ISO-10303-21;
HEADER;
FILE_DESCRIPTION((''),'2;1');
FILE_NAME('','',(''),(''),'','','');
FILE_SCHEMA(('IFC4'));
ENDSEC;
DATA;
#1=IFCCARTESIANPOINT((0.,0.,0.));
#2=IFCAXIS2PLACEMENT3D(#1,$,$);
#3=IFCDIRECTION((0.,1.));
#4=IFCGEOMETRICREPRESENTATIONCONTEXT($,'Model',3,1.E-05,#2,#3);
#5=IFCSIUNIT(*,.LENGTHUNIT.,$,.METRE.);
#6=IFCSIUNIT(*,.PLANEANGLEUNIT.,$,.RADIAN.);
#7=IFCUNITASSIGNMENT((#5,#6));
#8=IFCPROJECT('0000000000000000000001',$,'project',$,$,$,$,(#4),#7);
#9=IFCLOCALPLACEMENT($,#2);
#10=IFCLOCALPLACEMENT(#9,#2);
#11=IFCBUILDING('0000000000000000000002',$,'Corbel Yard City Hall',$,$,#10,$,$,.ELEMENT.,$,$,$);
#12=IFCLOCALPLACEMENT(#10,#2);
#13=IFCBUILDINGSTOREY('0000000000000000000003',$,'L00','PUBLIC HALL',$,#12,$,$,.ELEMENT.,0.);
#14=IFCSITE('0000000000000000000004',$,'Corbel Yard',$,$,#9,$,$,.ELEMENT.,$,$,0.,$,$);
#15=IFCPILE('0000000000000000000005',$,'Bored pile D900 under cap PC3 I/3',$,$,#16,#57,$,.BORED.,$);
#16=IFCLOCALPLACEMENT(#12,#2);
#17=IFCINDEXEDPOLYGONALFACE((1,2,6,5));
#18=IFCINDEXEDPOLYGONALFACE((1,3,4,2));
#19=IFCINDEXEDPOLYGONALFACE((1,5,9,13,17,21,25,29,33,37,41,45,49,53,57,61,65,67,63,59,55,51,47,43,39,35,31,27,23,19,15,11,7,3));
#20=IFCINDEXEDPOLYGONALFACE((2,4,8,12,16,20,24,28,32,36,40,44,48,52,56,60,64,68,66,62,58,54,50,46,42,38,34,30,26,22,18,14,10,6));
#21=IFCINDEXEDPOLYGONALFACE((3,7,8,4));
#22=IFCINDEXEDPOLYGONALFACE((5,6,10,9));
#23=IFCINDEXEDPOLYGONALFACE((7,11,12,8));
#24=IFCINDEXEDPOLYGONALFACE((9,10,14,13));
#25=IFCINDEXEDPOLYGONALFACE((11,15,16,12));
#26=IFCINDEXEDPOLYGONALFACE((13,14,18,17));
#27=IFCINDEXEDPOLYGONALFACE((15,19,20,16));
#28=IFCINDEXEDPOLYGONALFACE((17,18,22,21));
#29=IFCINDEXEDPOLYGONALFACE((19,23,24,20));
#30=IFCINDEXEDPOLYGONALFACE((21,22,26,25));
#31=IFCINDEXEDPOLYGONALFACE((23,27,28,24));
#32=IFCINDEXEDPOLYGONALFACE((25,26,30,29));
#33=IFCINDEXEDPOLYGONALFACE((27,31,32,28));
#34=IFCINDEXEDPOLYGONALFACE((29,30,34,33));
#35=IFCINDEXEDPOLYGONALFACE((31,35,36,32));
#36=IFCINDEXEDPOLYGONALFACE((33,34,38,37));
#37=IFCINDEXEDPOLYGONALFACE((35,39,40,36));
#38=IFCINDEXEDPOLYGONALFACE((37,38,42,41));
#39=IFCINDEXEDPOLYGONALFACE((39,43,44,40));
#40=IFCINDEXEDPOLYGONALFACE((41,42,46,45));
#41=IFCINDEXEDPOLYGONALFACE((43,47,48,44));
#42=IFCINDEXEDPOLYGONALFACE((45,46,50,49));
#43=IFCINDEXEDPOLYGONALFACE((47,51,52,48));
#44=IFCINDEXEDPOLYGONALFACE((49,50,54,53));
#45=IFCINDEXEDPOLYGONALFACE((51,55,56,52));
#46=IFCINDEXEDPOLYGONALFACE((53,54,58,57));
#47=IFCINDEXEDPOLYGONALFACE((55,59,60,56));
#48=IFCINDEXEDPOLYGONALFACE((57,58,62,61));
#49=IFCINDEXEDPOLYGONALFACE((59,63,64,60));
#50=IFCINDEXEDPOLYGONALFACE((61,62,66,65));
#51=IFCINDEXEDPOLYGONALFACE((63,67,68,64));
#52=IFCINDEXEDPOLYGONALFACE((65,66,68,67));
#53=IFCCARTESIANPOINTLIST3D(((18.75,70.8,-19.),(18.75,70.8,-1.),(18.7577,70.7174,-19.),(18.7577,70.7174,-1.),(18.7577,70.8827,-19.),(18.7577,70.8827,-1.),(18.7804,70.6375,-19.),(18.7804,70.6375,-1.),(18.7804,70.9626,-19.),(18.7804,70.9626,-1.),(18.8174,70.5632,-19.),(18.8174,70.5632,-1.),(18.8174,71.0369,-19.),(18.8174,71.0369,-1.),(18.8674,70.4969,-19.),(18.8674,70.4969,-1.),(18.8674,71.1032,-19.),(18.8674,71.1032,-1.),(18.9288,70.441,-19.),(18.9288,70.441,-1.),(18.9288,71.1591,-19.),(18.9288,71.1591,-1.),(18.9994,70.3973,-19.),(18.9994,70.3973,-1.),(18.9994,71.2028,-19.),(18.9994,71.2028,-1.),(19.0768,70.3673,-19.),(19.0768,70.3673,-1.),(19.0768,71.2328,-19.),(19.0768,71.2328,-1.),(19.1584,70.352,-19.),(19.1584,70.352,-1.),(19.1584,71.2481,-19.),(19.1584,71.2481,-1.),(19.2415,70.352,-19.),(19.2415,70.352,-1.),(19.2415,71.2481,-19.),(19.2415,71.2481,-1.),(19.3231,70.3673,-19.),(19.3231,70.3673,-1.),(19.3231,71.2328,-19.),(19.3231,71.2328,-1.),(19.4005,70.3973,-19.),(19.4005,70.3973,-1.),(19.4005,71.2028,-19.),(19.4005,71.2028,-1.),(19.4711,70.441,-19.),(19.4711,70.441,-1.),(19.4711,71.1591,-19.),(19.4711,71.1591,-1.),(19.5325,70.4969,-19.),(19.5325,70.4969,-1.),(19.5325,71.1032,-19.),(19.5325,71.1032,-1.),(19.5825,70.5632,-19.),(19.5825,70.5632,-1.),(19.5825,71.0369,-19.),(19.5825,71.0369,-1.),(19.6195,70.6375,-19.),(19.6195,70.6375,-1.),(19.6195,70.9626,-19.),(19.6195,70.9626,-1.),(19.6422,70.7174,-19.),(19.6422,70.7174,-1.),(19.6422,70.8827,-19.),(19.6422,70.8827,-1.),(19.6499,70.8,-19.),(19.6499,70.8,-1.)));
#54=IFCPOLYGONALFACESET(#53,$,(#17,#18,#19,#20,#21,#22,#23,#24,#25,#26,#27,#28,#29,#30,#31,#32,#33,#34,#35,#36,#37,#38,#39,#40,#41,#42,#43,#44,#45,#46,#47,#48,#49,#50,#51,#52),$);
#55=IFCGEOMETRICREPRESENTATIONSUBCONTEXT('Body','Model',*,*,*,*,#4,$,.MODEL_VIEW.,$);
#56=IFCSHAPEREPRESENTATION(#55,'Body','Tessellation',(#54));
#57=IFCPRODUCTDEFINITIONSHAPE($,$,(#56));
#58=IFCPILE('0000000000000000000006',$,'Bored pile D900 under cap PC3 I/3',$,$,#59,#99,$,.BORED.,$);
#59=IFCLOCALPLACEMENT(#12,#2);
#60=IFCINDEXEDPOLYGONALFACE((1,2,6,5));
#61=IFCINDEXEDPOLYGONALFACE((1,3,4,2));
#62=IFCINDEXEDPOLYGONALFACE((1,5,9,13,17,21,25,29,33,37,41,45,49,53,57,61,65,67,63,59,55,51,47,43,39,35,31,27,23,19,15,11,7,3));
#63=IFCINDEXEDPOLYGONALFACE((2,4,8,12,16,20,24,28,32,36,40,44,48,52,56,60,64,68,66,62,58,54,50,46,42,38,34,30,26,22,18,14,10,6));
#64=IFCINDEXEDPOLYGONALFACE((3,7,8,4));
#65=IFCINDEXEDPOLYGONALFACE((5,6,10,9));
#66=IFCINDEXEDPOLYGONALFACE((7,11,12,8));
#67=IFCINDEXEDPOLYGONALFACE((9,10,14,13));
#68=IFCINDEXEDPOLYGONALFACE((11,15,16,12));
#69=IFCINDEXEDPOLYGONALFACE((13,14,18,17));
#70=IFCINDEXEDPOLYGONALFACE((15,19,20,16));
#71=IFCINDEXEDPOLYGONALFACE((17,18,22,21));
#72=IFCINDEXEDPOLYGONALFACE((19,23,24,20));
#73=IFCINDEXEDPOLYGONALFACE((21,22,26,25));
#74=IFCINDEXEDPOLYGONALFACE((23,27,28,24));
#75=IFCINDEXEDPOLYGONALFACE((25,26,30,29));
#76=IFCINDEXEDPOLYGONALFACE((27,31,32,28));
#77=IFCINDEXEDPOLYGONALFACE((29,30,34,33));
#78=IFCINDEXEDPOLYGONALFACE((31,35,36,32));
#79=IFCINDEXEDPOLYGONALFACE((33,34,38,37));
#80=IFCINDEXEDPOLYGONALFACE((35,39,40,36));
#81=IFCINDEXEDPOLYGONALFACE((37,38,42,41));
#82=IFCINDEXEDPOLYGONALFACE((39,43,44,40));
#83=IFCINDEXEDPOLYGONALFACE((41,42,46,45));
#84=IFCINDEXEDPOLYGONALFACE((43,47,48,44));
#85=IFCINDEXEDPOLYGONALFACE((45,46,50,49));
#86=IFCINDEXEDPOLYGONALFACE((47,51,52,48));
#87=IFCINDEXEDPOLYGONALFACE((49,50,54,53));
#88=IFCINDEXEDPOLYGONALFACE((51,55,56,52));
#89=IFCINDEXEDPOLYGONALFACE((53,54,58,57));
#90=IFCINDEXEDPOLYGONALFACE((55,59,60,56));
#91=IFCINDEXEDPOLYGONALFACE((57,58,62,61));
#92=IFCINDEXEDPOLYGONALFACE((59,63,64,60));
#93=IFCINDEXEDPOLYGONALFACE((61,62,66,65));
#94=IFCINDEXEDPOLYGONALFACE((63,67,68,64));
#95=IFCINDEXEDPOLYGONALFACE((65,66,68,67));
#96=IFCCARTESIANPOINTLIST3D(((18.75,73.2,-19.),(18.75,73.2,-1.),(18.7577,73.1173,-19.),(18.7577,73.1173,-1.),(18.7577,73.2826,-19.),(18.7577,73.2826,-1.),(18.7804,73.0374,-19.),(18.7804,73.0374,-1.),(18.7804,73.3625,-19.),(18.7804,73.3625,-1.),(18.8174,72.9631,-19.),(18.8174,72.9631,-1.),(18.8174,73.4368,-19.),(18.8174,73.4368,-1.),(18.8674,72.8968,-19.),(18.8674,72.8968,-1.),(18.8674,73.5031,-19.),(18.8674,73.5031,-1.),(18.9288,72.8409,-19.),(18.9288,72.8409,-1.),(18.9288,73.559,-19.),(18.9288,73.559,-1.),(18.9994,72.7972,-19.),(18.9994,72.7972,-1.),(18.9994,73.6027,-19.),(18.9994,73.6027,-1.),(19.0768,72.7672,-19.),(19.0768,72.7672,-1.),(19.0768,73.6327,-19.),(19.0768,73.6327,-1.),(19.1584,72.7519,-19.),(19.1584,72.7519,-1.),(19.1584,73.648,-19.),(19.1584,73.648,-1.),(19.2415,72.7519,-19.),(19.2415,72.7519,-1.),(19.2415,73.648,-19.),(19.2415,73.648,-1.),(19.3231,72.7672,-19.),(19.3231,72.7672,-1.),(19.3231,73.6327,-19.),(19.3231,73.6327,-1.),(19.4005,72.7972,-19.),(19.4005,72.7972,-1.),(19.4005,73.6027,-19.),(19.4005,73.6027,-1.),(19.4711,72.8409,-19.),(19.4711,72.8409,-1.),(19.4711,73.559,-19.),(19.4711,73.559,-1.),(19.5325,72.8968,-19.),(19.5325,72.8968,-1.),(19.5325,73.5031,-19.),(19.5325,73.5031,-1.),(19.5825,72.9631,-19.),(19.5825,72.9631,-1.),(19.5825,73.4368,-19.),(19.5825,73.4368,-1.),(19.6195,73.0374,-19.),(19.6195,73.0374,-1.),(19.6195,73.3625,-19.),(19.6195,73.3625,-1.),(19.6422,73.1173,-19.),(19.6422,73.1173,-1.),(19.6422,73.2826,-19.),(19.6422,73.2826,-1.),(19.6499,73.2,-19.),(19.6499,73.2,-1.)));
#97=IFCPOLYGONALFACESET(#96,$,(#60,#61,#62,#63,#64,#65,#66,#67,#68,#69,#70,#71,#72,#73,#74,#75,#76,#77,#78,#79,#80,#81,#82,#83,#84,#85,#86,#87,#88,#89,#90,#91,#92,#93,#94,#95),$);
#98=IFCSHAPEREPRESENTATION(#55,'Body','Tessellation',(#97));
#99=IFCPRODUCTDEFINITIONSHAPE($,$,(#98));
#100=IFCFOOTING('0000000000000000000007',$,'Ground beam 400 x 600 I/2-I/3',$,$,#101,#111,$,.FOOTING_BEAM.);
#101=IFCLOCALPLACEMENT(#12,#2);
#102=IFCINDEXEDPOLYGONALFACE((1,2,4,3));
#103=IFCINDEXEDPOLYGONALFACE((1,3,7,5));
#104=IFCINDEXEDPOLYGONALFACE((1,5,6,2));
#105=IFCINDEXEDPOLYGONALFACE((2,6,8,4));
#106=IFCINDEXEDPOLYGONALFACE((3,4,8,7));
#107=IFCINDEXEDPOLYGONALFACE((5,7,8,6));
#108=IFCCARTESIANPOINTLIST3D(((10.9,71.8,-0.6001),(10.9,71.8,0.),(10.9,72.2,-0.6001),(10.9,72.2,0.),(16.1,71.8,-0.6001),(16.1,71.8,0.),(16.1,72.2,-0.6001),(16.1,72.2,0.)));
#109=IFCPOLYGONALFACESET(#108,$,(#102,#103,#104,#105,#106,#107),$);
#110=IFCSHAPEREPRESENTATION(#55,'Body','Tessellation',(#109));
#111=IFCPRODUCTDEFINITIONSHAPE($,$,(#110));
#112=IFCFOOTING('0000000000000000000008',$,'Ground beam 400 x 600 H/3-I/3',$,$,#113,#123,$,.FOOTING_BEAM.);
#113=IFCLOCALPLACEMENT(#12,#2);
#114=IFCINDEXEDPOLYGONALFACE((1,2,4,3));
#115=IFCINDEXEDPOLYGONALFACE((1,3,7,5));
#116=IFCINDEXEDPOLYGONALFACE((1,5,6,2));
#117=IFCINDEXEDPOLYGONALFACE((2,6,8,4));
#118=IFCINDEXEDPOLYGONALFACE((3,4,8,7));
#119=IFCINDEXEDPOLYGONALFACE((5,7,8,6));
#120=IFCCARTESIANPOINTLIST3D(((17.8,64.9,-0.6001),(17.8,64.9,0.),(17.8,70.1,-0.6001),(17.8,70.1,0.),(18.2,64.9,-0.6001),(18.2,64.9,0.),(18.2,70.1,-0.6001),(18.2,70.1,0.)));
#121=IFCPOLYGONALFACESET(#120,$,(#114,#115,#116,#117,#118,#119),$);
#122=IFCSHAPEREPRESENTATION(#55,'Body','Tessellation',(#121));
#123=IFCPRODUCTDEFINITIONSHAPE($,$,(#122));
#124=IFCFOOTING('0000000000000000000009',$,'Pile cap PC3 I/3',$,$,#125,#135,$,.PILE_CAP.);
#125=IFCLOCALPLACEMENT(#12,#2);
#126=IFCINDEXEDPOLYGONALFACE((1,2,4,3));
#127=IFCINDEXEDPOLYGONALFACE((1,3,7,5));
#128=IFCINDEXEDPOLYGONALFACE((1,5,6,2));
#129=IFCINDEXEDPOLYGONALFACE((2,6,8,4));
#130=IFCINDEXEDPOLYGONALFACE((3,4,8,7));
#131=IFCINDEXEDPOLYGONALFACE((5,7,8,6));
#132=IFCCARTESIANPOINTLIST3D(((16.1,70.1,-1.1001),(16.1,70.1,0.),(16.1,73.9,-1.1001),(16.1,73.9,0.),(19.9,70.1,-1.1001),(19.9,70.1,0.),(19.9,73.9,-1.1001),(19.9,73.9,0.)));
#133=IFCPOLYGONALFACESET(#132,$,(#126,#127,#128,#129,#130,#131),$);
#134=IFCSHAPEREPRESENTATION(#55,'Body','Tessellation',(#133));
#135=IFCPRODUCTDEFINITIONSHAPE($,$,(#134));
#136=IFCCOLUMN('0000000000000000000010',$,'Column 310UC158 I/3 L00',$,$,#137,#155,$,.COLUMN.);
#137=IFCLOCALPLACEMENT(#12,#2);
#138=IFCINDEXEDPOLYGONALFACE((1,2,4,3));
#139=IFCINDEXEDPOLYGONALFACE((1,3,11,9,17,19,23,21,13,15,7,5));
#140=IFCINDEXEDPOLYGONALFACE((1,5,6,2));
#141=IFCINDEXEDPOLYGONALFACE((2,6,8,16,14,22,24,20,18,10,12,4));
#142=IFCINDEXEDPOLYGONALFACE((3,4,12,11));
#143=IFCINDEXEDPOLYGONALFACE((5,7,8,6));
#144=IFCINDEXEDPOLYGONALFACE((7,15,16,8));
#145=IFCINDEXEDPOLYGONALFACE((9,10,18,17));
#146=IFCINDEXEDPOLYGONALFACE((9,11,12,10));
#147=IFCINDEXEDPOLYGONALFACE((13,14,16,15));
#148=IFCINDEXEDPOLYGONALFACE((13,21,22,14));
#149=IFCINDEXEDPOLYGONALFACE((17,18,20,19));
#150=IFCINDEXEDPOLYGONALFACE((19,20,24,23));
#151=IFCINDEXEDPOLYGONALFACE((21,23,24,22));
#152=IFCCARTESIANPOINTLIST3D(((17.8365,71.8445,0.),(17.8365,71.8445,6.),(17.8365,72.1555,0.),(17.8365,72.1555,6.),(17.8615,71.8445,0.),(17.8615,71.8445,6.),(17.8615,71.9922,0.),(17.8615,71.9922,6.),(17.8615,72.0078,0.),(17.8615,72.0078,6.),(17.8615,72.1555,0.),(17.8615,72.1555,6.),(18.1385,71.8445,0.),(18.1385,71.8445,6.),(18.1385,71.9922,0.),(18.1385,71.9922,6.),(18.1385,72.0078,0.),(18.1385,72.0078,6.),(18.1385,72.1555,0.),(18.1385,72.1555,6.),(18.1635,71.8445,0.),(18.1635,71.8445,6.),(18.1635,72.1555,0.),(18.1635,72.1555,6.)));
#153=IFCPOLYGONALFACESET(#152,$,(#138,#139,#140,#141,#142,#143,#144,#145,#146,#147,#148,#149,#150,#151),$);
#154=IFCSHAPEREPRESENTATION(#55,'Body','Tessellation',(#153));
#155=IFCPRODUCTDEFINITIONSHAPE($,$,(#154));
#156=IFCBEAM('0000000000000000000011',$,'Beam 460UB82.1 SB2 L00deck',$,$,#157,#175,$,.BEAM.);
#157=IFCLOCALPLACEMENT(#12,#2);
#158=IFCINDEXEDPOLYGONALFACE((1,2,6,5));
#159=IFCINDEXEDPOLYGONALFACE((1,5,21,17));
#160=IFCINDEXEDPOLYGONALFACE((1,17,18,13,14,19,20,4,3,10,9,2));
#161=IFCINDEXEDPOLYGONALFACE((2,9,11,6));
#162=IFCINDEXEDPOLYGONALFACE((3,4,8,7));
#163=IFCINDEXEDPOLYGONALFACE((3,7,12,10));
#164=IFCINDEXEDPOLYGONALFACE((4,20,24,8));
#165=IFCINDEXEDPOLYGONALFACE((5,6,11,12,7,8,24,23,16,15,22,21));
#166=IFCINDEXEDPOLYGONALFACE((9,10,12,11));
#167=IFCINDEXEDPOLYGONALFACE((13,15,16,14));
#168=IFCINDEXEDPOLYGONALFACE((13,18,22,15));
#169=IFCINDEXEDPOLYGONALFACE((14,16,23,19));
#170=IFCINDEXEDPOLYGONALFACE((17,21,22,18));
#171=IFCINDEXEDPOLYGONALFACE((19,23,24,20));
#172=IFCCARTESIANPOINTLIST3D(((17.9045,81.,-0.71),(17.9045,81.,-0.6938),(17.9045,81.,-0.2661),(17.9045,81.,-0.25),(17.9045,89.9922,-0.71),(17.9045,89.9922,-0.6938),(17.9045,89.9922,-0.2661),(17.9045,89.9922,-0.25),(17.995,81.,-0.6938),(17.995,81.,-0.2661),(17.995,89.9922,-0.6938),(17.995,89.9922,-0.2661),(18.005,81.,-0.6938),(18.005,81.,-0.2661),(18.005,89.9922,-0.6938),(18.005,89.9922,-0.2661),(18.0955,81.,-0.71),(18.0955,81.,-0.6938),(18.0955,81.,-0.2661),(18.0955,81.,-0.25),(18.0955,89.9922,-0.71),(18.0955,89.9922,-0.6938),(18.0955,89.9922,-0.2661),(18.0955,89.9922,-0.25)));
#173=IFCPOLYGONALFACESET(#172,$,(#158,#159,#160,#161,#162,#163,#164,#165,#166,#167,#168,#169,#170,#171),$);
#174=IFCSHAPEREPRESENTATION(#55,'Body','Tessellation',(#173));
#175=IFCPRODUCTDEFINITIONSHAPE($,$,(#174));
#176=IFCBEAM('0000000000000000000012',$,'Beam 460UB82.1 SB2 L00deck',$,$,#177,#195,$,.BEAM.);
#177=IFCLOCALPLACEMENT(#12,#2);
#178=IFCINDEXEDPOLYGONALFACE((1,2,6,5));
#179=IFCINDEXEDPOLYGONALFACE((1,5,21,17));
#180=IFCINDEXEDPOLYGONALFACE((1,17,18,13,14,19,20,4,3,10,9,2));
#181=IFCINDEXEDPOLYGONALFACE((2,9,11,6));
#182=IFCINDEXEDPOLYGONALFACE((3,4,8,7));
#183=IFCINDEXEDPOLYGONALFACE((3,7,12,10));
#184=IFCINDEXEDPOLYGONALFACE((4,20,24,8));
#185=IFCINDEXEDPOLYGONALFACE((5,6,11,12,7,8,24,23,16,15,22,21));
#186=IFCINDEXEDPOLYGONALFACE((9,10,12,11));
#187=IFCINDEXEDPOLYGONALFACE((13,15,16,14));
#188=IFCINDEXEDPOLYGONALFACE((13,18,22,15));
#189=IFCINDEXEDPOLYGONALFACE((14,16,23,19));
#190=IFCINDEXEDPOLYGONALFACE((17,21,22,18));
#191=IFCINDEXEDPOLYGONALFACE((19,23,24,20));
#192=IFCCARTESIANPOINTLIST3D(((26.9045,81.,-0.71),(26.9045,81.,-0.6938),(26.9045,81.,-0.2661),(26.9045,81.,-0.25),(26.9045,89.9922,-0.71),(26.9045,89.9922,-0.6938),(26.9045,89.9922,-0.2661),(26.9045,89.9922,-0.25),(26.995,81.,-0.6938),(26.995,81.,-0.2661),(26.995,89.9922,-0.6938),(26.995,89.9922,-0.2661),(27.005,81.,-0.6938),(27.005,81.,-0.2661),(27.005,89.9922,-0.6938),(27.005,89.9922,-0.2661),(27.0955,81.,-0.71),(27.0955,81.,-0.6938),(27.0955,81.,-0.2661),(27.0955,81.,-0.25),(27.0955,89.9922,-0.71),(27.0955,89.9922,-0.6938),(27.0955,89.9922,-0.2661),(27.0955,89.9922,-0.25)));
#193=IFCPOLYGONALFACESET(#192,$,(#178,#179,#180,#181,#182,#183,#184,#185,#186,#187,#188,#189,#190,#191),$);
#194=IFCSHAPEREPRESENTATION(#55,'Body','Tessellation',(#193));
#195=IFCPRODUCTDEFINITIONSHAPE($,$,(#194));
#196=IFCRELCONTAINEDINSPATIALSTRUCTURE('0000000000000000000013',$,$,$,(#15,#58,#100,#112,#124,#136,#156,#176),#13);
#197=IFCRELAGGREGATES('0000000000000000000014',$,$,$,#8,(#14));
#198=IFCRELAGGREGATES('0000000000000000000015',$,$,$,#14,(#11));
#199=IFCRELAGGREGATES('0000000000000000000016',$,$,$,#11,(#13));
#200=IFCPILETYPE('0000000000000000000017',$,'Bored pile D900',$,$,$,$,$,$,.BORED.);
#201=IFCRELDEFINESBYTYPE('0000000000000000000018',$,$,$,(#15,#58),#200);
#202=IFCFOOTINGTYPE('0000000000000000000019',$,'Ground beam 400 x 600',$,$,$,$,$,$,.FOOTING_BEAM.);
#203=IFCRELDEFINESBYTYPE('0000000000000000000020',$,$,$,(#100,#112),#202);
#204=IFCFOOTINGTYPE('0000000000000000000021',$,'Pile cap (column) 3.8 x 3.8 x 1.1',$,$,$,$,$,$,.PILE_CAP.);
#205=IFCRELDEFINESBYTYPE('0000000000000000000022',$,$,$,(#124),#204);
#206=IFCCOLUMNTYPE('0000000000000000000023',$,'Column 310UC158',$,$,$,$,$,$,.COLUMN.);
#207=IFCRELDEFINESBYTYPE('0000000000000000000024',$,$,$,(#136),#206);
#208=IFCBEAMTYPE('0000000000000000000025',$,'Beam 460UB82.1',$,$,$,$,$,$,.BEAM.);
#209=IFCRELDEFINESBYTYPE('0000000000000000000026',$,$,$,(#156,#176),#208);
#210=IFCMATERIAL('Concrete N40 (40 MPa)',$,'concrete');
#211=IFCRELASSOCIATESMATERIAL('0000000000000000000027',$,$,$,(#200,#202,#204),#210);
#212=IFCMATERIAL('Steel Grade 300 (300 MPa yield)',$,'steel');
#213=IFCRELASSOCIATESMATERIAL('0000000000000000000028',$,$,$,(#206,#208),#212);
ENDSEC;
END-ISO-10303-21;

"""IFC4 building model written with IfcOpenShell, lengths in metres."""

from ifc_helpers import new_model, si_unit, direction, frame, origin, origin_2d, place, context, subcontext, project, spatial, rectangle, circle, i_section, extrude, material, material_profile, profile_set, type_object, element, save


model = new_model("IFC4")

# Units and contexts
model_context = context("Model", 3, precision=1e-05, world=origin(), true_north=direction((0.0, 1.0)))
body_context = subcontext(model_context, "Body", "Model", "MODEL_VIEW")
ifc_project = project(units=[si_unit("LENGTHUNIT", "METRE"), si_unit("PLANEANGLEUNIT", "RADIAN")], contexts=[model_context])

# Site, building, storey
site_placement = place(None, origin())
site = spatial("IfcSite", under=ifc_project, at=site_placement, Name="Corbel Yard", CompositionType="ELEMENT", RefElevation=0.0)
building_placement = place(site_placement, origin())
building = spatial("IfcBuilding", under=site, at=building_placement, Name="Corbel Yard City Hall", CompositionType="ELEMENT")
storey_placement = place(building_placement, origin())
storey = spatial("IfcBuildingStorey", under=building, at=storey_placement, Name="L00", Description="PUBLIC HALL", CompositionType="ELEMENT", Elevation=0.0)

# Piles
ifc_material_1 = material(Name="Concrete N40 (40 MPa)", Category="concrete")
ifc_material_profile_1 = material_profile(ifc_material_1, circle(Radius=0.45, at=origin_2d()), Name="D900")
ifc_profile_set_1 = profile_set([ifc_material_profile_1], Name="Concrete N40 (40 MPa)")
pile_type_1 = type_object("IfcPileType", Name="Bored pile D900", PredefinedType="BORED", material=ifc_profile_set_1)
for number, where, z_axis, x_axis, name in (
    (1, (19.2, 70.8, -1.0), (0.0, 0.0, -1.0), (1.0, 0.0, 0.0), "Bored pile D900 under cap PC3 I/3"),
    (2, (19.2, 73.2, -1.0), (0.0, 0.0, -1.0), (1.0, 0.0, 0.0), "Bored pile D900 under cap PC3 I/3"),
):
    element("IfcPile", number, at=place(storey_placement, frame(where, z_axis=z_axis, x_axis=x_axis)), inside=storey, type_object=pile_type_1, Name=name, PredefinedType="BORED", context=body_context, shape_type="SweptSolid", body=[
        extrude(circle(Radius=0.45, at=origin_2d()), origin(), (0.0, 0.0, 1.0), 18.0),
    ])

# Footings
footing_type_1 = type_object("IfcFootingType", Name="Ground beam 400 x 600", PredefinedType="FOOTING_BEAM", material=ifc_material_1)
footing_1_placement = place(storey_placement, frame((13.5, 72.0, -0.6001), z_axis=(0.0, 0.0, 1.0), x_axis=(1.0, 0.0, 0.0)))
element("IfcFooting", 3, at=footing_1_placement, inside=storey, type_object=footing_type_1, Name="Ground beam 400 x 600 I/2-I/3", PredefinedType="FOOTING_BEAM", context=body_context, shape_type="SweptSolid", body=[
    extrude(rectangle(XDim=5.2, YDim=0.3999, at=origin_2d()), origin(), (0.0, 0.0, 1.0), 0.6001),
])
footing_2_placement = place(storey_placement, frame((18.0, 67.5, -0.6001), z_axis=(0.0, 0.0, 1.0), x_axis=(1.0, 0.0, 0.0)))
element("IfcFooting", 4, at=footing_2_placement, inside=storey, type_object=footing_type_1, Name="Ground beam 400 x 600 H/3-I/3", PredefinedType="FOOTING_BEAM", context=body_context, shape_type="SweptSolid", body=[
    extrude(rectangle(XDim=0.3999, YDim=5.2, at=origin_2d()), origin(), (0.0, 0.0, 1.0), 0.6001),
])
footing_type_2 = type_object("IfcFootingType", Name="Pile cap (column) 3.8 x 3.8 x 1.1", PredefinedType="PILE_CAP", material=ifc_material_1)
footing_3_placement = place(storey_placement, frame((18.0, 72.0, -1.1001), z_axis=(0.0, 0.0, 1.0), x_axis=(1.0, 0.0, 0.0)))
element("IfcFooting", 5, at=footing_3_placement, inside=storey, type_object=footing_type_2, Name="Pile cap PC3 I/3", PredefinedType="PILE_CAP", context=body_context, shape_type="SweptSolid", body=[
    extrude(rectangle(XDim=3.8, YDim=3.8, at=origin_2d()), origin(), (0.0, 0.0, 1.0), 1.1001),
])

# Column
ifc_material_2 = material(Name="Steel Grade 300 (300 MPa yield)", Category="steel")
ifc_material_profile_2 = material_profile(ifc_material_2, i_section(OverallWidth=0.311, OverallDepth=0.3269, WebThickness=0.0156, FlangeThickness=0.0249, at=origin_2d()), Name="310UC158")
ifc_profile_set_2 = profile_set([ifc_material_profile_2], Name="Steel Grade 300 (300 MPa yield)")
column_type = type_object("IfcColumnType", Name="Column 310UC158", PredefinedType="COLUMN", material=ifc_profile_set_2)
column_placement = place(storey_placement, frame((18.0, 72.0, 0.0), z_axis=(0.0, 0.0, 1.0), x_axis=(0.0, 1.0, 0.0)))
element("IfcColumn", 6, at=column_placement, inside=storey, type_object=column_type, Name="Column 310UC158 I/3 L00", PredefinedType="COLUMN", context=body_context, shape_type="SweptSolid", body=[
    extrude(i_section(OverallWidth=0.311, OverallDepth=0.3269, WebThickness=0.0156, FlangeThickness=0.0249, at=origin_2d()), origin(), (0.0, 0.0, 1.0), 6.0),
])

# Beams
ifc_material_profile_3 = material_profile(ifc_material_2, i_section(OverallWidth=0.1909, OverallDepth=0.46, WebThickness=0.01, FlangeThickness=0.0161, at=origin_2d()), Name="460UB82.1")
ifc_profile_set_3 = profile_set([ifc_material_profile_3], Name="Steel Grade 300 (300 MPa yield)")
beam_type_1 = type_object("IfcBeamType", Name="Beam 460UB82.1", PredefinedType="BEAM", material=ifc_profile_set_3)
for number, where, z_axis, x_axis, name in (
    (7, (18.0, 81.0, -0.48), (0.0, 1.0, 0.0), (-1.0, 0.0, 0.0), "Beam 460UB82.1 SB2 L00deck"),
    (8, (27.0, 81.0, -0.48), (0.0, 1.0, 0.0), (-1.0, 0.0, 0.0), "Beam 460UB82.1 SB2 L00deck"),
):
    element("IfcBeam", number, at=place(storey_placement, frame(where, z_axis=z_axis, x_axis=x_axis)), inside=storey, type_object=beam_type_1, Name=name, PredefinedType="BEAM", context=body_context, shape_type="SweptSolid", body=[
        extrude(i_section(OverallWidth=0.1909, OverallDepth=0.46, WebThickness=0.01, FlangeThickness=0.0161, at=origin_2d()), origin(), (0.0, 0.0, 1.0), 8.9922),
    ])

save(model, "model.ifc")
